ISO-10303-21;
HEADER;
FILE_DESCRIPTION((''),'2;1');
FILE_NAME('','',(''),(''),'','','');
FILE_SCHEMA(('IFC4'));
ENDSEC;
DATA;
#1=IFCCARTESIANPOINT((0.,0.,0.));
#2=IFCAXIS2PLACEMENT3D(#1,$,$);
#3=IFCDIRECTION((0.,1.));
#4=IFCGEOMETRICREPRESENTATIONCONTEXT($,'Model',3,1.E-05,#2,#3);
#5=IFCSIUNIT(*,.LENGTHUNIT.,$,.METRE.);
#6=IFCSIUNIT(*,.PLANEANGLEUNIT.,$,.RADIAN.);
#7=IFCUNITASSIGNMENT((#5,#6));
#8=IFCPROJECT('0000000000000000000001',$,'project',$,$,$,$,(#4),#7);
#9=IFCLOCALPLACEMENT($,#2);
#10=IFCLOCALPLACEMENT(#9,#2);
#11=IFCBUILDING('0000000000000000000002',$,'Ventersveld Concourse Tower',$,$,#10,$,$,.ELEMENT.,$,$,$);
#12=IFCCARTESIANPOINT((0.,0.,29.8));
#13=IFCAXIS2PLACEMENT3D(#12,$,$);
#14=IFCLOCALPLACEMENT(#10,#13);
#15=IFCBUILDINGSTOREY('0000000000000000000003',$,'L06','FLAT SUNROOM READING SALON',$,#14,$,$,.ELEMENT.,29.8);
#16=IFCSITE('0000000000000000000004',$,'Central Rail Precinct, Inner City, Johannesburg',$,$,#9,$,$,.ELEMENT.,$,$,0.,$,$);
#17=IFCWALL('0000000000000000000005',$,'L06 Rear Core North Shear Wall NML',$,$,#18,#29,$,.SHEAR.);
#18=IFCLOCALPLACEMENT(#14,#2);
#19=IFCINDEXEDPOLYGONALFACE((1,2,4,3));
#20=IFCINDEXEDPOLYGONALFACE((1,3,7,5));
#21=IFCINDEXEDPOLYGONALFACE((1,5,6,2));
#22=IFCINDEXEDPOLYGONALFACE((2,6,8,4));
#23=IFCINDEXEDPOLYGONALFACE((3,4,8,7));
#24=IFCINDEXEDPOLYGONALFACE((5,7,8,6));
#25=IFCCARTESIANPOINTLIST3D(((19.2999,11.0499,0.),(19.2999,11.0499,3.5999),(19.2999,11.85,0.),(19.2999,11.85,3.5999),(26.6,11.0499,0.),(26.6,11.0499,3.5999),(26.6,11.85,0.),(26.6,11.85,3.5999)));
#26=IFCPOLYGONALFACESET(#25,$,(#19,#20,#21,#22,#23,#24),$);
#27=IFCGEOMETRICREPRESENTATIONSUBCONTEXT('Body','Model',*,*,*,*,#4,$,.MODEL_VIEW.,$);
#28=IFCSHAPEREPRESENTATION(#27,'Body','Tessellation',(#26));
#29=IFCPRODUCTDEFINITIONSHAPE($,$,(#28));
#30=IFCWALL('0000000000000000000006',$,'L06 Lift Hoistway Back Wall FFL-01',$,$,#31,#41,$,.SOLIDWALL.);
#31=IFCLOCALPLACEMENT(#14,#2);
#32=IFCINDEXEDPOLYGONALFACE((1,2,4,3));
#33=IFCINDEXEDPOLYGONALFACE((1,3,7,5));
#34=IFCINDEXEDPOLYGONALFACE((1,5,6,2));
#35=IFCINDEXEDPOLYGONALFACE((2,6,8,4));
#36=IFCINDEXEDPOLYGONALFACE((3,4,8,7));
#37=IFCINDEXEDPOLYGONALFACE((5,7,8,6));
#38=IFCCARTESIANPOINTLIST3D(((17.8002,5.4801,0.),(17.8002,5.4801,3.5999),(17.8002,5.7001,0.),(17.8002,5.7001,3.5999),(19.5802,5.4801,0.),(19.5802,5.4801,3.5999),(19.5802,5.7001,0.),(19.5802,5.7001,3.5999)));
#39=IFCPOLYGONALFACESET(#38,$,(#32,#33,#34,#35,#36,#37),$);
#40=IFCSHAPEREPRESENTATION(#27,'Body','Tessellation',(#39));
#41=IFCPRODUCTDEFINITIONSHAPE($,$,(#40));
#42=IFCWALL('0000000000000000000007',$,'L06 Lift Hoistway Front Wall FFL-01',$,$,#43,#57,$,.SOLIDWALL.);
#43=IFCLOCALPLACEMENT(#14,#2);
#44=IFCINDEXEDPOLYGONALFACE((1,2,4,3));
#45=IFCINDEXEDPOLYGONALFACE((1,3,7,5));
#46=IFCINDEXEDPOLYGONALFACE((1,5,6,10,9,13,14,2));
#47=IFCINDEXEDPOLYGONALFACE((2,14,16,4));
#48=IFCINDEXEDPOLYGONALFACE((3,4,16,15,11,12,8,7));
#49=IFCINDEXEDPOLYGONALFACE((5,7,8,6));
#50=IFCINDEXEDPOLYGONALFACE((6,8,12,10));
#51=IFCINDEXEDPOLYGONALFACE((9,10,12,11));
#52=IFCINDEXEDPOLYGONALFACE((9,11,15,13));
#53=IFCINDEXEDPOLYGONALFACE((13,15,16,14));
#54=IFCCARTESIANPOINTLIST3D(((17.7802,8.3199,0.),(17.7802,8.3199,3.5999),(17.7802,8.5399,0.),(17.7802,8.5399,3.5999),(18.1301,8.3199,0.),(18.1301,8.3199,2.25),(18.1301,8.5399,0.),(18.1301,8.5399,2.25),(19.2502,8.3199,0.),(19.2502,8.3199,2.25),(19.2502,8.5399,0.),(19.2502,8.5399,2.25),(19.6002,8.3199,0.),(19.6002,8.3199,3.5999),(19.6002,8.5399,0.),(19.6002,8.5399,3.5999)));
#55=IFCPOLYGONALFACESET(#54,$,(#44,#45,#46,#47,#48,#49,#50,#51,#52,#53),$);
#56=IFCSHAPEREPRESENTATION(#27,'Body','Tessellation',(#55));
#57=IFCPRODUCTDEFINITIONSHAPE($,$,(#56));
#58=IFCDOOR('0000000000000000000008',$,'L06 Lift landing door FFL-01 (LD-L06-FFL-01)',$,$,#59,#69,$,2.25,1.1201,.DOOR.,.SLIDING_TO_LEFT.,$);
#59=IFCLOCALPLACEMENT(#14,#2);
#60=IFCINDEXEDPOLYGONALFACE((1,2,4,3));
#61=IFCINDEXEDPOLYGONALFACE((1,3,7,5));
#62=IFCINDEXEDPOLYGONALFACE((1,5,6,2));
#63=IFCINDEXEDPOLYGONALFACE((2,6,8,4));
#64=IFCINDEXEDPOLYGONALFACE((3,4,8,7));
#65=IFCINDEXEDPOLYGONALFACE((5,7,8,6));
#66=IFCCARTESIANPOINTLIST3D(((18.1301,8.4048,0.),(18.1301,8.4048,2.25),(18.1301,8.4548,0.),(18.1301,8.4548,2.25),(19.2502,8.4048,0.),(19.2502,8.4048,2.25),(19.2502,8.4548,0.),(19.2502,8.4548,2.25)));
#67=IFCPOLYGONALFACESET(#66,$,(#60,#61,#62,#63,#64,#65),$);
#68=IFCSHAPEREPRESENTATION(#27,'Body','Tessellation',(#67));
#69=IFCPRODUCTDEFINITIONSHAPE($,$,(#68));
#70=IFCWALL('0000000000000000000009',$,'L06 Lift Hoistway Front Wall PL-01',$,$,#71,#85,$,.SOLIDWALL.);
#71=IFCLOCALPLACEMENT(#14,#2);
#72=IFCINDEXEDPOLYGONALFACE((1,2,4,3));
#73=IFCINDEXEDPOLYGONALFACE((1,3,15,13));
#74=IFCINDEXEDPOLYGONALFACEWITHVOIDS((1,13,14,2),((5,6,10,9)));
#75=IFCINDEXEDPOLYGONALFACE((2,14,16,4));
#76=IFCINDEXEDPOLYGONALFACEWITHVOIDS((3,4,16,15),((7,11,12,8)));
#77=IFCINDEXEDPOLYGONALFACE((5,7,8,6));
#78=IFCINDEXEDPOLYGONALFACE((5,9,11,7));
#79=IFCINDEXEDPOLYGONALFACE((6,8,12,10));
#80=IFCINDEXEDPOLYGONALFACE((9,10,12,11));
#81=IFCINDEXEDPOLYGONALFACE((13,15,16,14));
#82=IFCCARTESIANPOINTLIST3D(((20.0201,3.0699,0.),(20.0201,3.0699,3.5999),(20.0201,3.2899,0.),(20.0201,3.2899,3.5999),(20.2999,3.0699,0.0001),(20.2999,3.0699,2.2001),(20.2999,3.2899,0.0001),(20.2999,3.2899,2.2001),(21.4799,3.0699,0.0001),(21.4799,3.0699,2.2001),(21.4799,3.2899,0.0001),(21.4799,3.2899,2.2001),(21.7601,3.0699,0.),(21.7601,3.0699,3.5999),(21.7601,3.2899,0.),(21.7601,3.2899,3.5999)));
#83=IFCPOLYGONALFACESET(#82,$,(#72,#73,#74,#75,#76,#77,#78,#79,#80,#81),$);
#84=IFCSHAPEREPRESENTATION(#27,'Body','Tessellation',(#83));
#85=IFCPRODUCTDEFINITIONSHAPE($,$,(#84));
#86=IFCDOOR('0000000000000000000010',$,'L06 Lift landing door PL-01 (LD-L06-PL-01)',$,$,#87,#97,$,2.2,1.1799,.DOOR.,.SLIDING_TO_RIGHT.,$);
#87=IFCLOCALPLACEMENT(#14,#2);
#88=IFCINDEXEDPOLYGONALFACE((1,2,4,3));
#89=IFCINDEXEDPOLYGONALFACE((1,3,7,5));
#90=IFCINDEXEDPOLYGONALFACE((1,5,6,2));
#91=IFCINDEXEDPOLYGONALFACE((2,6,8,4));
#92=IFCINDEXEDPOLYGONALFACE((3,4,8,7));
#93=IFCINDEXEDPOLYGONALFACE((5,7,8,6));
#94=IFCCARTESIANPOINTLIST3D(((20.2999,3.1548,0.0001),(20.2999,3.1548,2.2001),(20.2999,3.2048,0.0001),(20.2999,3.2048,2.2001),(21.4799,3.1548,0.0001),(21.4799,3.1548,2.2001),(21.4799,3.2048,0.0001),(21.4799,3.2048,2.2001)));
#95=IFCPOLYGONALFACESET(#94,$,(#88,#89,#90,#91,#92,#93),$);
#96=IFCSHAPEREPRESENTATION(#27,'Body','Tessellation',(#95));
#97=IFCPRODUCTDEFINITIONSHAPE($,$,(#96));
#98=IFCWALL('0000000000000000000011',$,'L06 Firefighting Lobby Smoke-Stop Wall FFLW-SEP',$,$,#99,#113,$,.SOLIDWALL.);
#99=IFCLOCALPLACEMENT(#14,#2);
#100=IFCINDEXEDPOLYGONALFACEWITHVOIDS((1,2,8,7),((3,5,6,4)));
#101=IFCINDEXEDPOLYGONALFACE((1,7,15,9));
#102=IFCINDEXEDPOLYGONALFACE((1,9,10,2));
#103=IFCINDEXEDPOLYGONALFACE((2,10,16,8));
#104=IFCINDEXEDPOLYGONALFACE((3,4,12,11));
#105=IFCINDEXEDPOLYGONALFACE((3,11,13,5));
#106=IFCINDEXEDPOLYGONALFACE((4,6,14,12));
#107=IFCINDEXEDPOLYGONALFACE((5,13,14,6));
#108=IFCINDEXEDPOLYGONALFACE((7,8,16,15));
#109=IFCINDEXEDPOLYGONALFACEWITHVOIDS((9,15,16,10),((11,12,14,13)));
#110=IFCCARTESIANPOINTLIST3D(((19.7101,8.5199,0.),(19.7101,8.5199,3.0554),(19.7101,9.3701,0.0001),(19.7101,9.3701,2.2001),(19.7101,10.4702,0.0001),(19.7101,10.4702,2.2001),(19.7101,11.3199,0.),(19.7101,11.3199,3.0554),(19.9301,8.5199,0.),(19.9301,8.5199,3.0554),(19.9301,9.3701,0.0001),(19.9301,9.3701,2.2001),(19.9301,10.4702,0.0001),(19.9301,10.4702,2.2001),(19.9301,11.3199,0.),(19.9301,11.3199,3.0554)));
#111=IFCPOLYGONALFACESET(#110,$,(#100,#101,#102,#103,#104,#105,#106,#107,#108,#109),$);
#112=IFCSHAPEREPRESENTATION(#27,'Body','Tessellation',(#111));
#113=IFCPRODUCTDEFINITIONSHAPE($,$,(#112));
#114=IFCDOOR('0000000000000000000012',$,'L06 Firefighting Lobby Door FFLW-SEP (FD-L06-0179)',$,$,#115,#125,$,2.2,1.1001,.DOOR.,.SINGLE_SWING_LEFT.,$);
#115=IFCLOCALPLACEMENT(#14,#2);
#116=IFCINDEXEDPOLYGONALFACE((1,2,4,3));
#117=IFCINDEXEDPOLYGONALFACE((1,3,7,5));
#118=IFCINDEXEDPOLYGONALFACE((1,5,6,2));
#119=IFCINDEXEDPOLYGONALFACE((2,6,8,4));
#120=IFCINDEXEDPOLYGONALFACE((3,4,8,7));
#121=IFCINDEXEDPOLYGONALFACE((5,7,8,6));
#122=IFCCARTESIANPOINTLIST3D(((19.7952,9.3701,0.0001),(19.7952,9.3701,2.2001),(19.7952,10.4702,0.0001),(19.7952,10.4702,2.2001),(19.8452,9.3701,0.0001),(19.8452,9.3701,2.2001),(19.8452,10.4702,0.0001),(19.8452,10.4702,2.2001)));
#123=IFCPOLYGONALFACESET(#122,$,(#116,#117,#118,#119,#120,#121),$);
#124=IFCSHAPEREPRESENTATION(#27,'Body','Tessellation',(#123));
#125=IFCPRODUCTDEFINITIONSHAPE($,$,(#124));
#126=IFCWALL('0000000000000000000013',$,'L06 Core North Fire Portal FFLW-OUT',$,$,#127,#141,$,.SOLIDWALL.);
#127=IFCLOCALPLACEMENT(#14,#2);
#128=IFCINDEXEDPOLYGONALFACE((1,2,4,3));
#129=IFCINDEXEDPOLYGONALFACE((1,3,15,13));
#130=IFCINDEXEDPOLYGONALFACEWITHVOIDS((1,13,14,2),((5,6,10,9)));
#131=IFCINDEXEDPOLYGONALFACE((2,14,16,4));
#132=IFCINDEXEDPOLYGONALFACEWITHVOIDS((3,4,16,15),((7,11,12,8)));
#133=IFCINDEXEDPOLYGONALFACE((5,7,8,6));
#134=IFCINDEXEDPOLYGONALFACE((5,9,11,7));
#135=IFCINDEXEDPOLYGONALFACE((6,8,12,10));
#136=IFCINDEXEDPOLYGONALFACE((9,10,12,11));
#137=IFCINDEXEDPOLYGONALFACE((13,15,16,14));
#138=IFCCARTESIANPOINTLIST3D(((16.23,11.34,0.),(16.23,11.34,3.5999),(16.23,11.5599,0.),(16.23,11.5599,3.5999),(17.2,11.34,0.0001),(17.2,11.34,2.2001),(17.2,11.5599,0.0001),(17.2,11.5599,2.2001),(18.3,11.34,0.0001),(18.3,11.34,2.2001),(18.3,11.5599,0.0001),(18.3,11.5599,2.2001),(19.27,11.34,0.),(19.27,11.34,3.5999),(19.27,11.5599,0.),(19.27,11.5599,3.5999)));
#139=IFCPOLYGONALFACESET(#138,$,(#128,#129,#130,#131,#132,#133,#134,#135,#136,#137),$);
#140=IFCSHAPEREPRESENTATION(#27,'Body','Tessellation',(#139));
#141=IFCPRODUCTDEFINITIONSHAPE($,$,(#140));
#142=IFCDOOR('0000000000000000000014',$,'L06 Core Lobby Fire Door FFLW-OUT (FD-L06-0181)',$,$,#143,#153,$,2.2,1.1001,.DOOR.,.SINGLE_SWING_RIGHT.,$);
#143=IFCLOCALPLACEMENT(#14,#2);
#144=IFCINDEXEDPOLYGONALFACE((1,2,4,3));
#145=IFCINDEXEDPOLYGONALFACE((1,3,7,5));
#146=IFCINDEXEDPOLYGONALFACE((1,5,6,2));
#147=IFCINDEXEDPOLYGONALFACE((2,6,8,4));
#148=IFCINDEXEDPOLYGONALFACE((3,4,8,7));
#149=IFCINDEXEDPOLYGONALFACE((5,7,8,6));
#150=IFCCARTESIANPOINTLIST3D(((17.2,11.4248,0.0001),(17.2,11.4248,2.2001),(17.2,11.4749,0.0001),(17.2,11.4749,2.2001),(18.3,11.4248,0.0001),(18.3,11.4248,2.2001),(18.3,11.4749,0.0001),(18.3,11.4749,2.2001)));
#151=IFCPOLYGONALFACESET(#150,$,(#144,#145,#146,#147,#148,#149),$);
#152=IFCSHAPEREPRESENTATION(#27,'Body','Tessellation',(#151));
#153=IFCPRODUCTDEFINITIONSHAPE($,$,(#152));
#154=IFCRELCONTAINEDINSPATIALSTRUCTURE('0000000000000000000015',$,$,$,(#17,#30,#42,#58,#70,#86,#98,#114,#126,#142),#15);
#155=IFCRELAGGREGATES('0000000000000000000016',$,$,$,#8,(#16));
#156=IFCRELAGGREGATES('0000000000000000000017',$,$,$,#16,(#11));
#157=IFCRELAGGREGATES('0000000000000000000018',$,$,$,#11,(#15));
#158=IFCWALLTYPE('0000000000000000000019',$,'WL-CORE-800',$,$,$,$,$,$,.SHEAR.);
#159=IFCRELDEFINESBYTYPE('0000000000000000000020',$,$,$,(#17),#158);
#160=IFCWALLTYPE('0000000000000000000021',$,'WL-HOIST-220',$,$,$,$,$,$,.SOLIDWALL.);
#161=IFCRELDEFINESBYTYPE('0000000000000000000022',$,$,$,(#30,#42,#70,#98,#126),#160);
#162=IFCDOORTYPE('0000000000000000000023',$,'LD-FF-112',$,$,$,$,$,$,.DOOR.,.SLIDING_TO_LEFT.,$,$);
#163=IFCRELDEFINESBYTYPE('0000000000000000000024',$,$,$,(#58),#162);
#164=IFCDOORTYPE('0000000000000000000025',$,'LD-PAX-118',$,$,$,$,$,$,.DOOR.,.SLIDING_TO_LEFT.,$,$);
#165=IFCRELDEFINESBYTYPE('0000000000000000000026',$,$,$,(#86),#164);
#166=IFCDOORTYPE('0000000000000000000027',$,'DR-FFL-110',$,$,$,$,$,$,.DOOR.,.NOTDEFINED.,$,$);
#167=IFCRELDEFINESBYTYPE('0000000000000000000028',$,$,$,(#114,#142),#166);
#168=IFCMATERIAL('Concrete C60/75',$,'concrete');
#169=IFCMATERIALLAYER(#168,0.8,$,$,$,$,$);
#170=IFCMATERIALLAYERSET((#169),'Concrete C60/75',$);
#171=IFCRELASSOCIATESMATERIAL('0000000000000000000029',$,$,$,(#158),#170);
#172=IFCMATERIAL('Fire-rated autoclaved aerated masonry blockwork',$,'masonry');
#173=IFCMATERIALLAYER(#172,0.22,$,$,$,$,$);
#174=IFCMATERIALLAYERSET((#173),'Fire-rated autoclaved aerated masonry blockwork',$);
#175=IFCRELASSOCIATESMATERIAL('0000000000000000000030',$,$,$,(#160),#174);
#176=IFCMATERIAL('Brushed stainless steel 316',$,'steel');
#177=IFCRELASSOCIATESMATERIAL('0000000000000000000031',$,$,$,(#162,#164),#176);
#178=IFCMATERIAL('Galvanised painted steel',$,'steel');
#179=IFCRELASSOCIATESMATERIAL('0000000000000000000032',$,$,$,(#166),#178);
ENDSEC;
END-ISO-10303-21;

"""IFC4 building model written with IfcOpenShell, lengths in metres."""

from ifc_helpers import new_model, si_unit, direction, frame, frame_2d, origin, place, context, subcontext, project, spatial, rectangle, extrude, material, layer, layer_set, type_object, element, fill, save


model = new_model("IFC4")

# Units and contexts
model_context = context("Model", 3, precision=1e-05, world=origin(), true_north=direction((0.0, 1.0)))
body_context = subcontext(model_context, "Body", "Model", "MODEL_VIEW")
ifc_project = project(units=[si_unit("LENGTHUNIT", "METRE"), si_unit("PLANEANGLEUNIT", "RADIAN")], contexts=[model_context])

# Site, building, storey
site_placement = place(None, origin())
site = spatial("IfcSite", under=ifc_project, at=site_placement, Name="Central Rail Precinct, Inner City, Johannesburg", CompositionType="ELEMENT", RefElevation=0.0)
building_placement = place(site_placement, origin())
building = spatial("IfcBuilding", under=site, at=building_placement, Name="Ventersveld Concourse Tower", CompositionType="ELEMENT")
storey_placement = place(building_placement, frame((0.0, 0.0, 29.8)))
storey = spatial("IfcBuildingStorey", under=building, at=storey_placement, Name="L06", Description="FLAT SUNROOM READING SALON", CompositionType="ELEMENT", Elevation=29.8)

# Shared definitions
ifc_material_1 = material(Name="Concrete C60/75", Category="concrete")

# Walls
ifc_layer_1 = layer(ifc_material_1, 0.8)
ifc_layer_set_1 = layer_set([ifc_layer_1], Name="Concrete C60/75")
wall_type_1 = type_object("IfcWallType", Name="WL-CORE-800", PredefinedType="SHEAR", material=ifc_layer_set_1)
wall_1_placement = place(storey_placement, frame((19.3, 11.45, 0.0), z_axis=(0.0, 0.0, 1.0), x_axis=(1.0, 0.0, 0.0)))
element("IfcWall", 1, at=wall_1_placement, inside=storey, type_object=wall_type_1, Name="L06 Rear Core North Shear Wall NML", PredefinedType="SHEAR", context=body_context, shape_type="SweptSolid", body=[
    extrude(rectangle(XDim=7.3, YDim=0.8, at=frame_2d((3.6499, 0.0))), origin(), (0.0, 0.0, 1.0), 3.5999),
])
ifc_material_2 = material(Name="Fire-rated autoclaved aerated masonry blockwork", Category="masonry")
ifc_layer_2 = layer(ifc_material_2, 0.22)
ifc_layer_set_2 = layer_set([ifc_layer_2], Name="Fire-rated autoclaved aerated masonry blockwork")
wall_type_2 = type_object("IfcWallType", Name="WL-HOIST-220", PredefinedType="SOLIDWALL", material=ifc_layer_set_2)
wall_2_placement = place(storey_placement, frame((17.8, 5.5901, 0.0), z_axis=(0.0, 0.0, 1.0), x_axis=(1.0, 0.0, 0.0)))
element("IfcWall", 2, at=wall_2_placement, inside=storey, type_object=wall_type_2, Name="L06 Lift Hoistway Back Wall FFL-01", PredefinedType="SOLIDWALL", context=body_context, shape_type="SweptSolid", body=[
    extrude(rectangle(XDim=1.78, YDim=0.22, at=frame_2d((0.8901, 0.0))), origin(), (0.0, 0.0, 1.0), 3.5999),
])

# Walls, openings, doors
wall_3_placement = place(storey_placement, frame((17.78, 8.4299, 0.0), z_axis=(0.0, 0.0, 1.0), x_axis=(1.0, 0.0, 0.0)))
wall_3 = element("IfcWall", 3, at=wall_3_placement, inside=storey, type_object=wall_type_2, Name="L06 Lift Hoistway Front Wall FFL-01", PredefinedType="SOLIDWALL", context=body_context, shape_type="SweptSolid", body=[
    extrude(rectangle(XDim=1.8201, YDim=0.22, at=frame_2d((0.9102, 0.0))), origin(), (0.0, 0.0, 1.0), 3.5999),
])
opening_1_placement = place(wall_3_placement, frame((0.3501, 0.0, 0.0)))
opening_1 = element("IfcOpeningElement", 4, at=opening_1_placement, cuts=wall_3, PredefinedType="OPENING", context=body_context, shape_type="SweptSolid", body=[
    extrude(rectangle(XDim=1.1201, YDim=2.25, at=frame_2d((0.5601, 1.125))), frame((0.0, 0.1201, 0.0), z_axis=(0.0, -1.0, 0.0), x_axis=(1.0, 0.0, 0.0)), (0.0, 0.0, 1.0), 0.24),
])
ifc_material_3 = material(Name="Brushed stainless steel 316", Category="steel")
door_type_1 = type_object("IfcDoorType", Name="LD-FF-112", OperationType="SLIDING_TO_LEFT", PredefinedType="DOOR", material=ifc_material_3)
door_1_placement = place(opening_1_placement, origin())
door_1 = element("IfcDoor", 5, at=door_1_placement, inside=storey, type_object=door_type_1, Name="L06 Lift landing door FFL-01 (LD-L06-FFL-01)", OperationType="SLIDING_TO_LEFT", OverallHeight=2.25, OverallWidth=1.1201, PredefinedType="DOOR", context=body_context, shape_type="SweptSolid", body=[
    extrude(rectangle(XDim=1.1201, YDim=2.25, at=frame_2d((0.5601, 1.125))), frame((0.0, 0.0249, 0.0), z_axis=(0.0, -1.0, 0.0), x_axis=(1.0, 0.0, 0.0)), (0.0, 0.0, 1.0), 0.05),
])
fill(opening_1, door_1)
wall_4_placement = place(storey_placement, frame((20.02, 3.1799, 0.0), z_axis=(0.0, 0.0, 1.0), x_axis=(1.0, 0.0, 0.0)))
wall_4 = element("IfcWall", 6, at=wall_4_placement, inside=storey, type_object=wall_type_2, Name="L06 Lift Hoistway Front Wall PL-01", PredefinedType="SOLIDWALL", context=body_context, shape_type="SweptSolid", body=[
    extrude(rectangle(XDim=1.74, YDim=0.22, at=frame_2d((0.8701, 0.0))), origin(), (0.0, 0.0, 1.0), 3.5999),
])
opening_2_placement = place(wall_4_placement, frame((0.28, 0.0, 0.0)))
opening_2 = element("IfcOpeningElement", 7, at=opening_2_placement, cuts=wall_4, PredefinedType="OPENING", context=body_context, shape_type="SweptSolid", body=[
    extrude(rectangle(XDim=1.1799, YDim=2.2, at=frame_2d((0.5898, 1.1001))), frame((0.0, 0.1201, 0.0), z_axis=(0.0, -1.0, 0.0), x_axis=(1.0, 0.0, 0.0)), (0.0, 0.0, 1.0), 0.24),
])
door_type_2 = type_object("IfcDoorType", Name="LD-PAX-118", OperationType="SLIDING_TO_LEFT", PredefinedType="DOOR", material=ifc_material_3)
door_2_placement = place(opening_2_placement, origin())
door_2 = element("IfcDoor", 8, at=door_2_placement, inside=storey, type_object=door_type_2, Name="L06 Lift landing door PL-01 (LD-L06-PL-01)", OperationType="SLIDING_TO_RIGHT", OverallHeight=2.2, OverallWidth=1.1799, PredefinedType="DOOR", context=body_context, shape_type="SweptSolid", body=[
    extrude(rectangle(XDim=1.1799, YDim=2.2, at=frame_2d((0.5898, 1.1001))), frame((0.0, 0.0249, 0.0), z_axis=(0.0, -1.0, 0.0), x_axis=(1.0, 0.0, 0.0)), (0.0, 0.0, 1.0), 0.05),
])
fill(opening_2, door_2)
wall_5_placement = place(storey_placement, frame((19.8201, 8.52, 0.0), z_axis=(0.0, 0.0, 1.0), x_axis=(0.0, 1.0, 0.0)))
wall_5 = element("IfcWall", 9, at=wall_5_placement, inside=storey, type_object=wall_type_2, Name="L06 Firefighting Lobby Smoke-Stop Wall FFLW-SEP", PredefinedType="SOLIDWALL", context=body_context, shape_type="SweptSolid", body=[
    extrude(rectangle(XDim=2.8, YDim=0.22, at=frame_2d((1.3999, 0.0))), origin(), (0.0, 0.0, 1.0), 3.0554),
])
opening_3_placement = place(wall_5_placement, frame((0.8501, 0.0, 0.0)))
opening_3 = element("IfcOpeningElement", 10, at=opening_3_placement, cuts=wall_5, PredefinedType="OPENING", context=body_context, shape_type="SweptSolid", body=[
    extrude(rectangle(XDim=1.1001, YDim=2.2, at=frame_2d((0.55, 1.1001))), frame((0.0, 0.1201, 0.0), z_axis=(0.0, -1.0, 0.0), x_axis=(1.0, 0.0, 0.0)), (0.0, 0.0, 1.0), 0.24),
])
ifc_material_4 = material(Name="Galvanised painted steel", Category="steel")
door_type_3 = type_object("IfcDoorType", Name="DR-FFL-110", OperationType="NOTDEFINED", PredefinedType="DOOR", material=ifc_material_4)
door_3_placement = place(opening_3_placement, origin())
door_3 = element("IfcDoor", 11, at=door_3_placement, inside=storey, type_object=door_type_3, Name="L06 Firefighting Lobby Door FFLW-SEP (FD-L06-0179)", OperationType="SINGLE_SWING_LEFT", OverallHeight=2.2, OverallWidth=1.1001, PredefinedType="DOOR", context=body_context, shape_type="SweptSolid", body=[
    extrude(rectangle(XDim=1.1001, YDim=2.2, at=frame_2d((0.55, 1.1001))), frame((0.0, 0.0249, 0.0), z_axis=(0.0, -1.0, 0.0), x_axis=(1.0, 0.0, 0.0)), (0.0, 0.0, 1.0), 0.05),
])
fill(opening_3, door_3)
wall_6_placement = place(storey_placement, frame((16.23, 11.45, 0.0), z_axis=(0.0, 0.0, 1.0), x_axis=(1.0, 0.0, 0.0)))
wall_6 = element("IfcWall", 12, at=wall_6_placement, inside=storey, type_object=wall_type_2, Name="L06 Core North Fire Portal FFLW-OUT", PredefinedType="SOLIDWALL", context=body_context, shape_type="SweptSolid", body=[
    extrude(rectangle(XDim=3.04, YDim=0.22, at=frame_2d((1.52, 0.0))), origin(), (0.0, 0.0, 1.0), 3.5999),
])
opening_4_placement = place(wall_6_placement, frame((0.97, 0.0, 0.0)))
opening_4 = element("IfcOpeningElement", 13, at=opening_4_placement, cuts=wall_6, PredefinedType="OPENING", context=body_context, shape_type="SweptSolid", body=[
    extrude(rectangle(XDim=1.1001, YDim=2.2, at=frame_2d((0.55, 1.1001))), frame((0.0, 0.1201, 0.0), z_axis=(0.0, -1.0, 0.0), x_axis=(1.0, 0.0, 0.0)), (0.0, 0.0, 1.0), 0.24),
])
door_4_placement = place(opening_4_placement, origin())
door_4 = element("IfcDoor", 14, at=door_4_placement, inside=storey, type_object=door_type_3, Name="L06 Core Lobby Fire Door FFLW-OUT (FD-L06-0181)", OperationType="SINGLE_SWING_RIGHT", OverallHeight=2.2, OverallWidth=1.1001, PredefinedType="DOOR", context=body_context, shape_type="SweptSolid", body=[
    extrude(rectangle(XDim=1.1001, YDim=2.2, at=frame_2d((0.55, 1.1001))), frame((0.0, 0.0249, 0.0), z_axis=(0.0, -1.0, 0.0), x_axis=(1.0, 0.0, 0.0)), (0.0, 0.0, 1.0), 0.05),
])
fill(opening_4, door_4)

save(model, "model.ifc")
